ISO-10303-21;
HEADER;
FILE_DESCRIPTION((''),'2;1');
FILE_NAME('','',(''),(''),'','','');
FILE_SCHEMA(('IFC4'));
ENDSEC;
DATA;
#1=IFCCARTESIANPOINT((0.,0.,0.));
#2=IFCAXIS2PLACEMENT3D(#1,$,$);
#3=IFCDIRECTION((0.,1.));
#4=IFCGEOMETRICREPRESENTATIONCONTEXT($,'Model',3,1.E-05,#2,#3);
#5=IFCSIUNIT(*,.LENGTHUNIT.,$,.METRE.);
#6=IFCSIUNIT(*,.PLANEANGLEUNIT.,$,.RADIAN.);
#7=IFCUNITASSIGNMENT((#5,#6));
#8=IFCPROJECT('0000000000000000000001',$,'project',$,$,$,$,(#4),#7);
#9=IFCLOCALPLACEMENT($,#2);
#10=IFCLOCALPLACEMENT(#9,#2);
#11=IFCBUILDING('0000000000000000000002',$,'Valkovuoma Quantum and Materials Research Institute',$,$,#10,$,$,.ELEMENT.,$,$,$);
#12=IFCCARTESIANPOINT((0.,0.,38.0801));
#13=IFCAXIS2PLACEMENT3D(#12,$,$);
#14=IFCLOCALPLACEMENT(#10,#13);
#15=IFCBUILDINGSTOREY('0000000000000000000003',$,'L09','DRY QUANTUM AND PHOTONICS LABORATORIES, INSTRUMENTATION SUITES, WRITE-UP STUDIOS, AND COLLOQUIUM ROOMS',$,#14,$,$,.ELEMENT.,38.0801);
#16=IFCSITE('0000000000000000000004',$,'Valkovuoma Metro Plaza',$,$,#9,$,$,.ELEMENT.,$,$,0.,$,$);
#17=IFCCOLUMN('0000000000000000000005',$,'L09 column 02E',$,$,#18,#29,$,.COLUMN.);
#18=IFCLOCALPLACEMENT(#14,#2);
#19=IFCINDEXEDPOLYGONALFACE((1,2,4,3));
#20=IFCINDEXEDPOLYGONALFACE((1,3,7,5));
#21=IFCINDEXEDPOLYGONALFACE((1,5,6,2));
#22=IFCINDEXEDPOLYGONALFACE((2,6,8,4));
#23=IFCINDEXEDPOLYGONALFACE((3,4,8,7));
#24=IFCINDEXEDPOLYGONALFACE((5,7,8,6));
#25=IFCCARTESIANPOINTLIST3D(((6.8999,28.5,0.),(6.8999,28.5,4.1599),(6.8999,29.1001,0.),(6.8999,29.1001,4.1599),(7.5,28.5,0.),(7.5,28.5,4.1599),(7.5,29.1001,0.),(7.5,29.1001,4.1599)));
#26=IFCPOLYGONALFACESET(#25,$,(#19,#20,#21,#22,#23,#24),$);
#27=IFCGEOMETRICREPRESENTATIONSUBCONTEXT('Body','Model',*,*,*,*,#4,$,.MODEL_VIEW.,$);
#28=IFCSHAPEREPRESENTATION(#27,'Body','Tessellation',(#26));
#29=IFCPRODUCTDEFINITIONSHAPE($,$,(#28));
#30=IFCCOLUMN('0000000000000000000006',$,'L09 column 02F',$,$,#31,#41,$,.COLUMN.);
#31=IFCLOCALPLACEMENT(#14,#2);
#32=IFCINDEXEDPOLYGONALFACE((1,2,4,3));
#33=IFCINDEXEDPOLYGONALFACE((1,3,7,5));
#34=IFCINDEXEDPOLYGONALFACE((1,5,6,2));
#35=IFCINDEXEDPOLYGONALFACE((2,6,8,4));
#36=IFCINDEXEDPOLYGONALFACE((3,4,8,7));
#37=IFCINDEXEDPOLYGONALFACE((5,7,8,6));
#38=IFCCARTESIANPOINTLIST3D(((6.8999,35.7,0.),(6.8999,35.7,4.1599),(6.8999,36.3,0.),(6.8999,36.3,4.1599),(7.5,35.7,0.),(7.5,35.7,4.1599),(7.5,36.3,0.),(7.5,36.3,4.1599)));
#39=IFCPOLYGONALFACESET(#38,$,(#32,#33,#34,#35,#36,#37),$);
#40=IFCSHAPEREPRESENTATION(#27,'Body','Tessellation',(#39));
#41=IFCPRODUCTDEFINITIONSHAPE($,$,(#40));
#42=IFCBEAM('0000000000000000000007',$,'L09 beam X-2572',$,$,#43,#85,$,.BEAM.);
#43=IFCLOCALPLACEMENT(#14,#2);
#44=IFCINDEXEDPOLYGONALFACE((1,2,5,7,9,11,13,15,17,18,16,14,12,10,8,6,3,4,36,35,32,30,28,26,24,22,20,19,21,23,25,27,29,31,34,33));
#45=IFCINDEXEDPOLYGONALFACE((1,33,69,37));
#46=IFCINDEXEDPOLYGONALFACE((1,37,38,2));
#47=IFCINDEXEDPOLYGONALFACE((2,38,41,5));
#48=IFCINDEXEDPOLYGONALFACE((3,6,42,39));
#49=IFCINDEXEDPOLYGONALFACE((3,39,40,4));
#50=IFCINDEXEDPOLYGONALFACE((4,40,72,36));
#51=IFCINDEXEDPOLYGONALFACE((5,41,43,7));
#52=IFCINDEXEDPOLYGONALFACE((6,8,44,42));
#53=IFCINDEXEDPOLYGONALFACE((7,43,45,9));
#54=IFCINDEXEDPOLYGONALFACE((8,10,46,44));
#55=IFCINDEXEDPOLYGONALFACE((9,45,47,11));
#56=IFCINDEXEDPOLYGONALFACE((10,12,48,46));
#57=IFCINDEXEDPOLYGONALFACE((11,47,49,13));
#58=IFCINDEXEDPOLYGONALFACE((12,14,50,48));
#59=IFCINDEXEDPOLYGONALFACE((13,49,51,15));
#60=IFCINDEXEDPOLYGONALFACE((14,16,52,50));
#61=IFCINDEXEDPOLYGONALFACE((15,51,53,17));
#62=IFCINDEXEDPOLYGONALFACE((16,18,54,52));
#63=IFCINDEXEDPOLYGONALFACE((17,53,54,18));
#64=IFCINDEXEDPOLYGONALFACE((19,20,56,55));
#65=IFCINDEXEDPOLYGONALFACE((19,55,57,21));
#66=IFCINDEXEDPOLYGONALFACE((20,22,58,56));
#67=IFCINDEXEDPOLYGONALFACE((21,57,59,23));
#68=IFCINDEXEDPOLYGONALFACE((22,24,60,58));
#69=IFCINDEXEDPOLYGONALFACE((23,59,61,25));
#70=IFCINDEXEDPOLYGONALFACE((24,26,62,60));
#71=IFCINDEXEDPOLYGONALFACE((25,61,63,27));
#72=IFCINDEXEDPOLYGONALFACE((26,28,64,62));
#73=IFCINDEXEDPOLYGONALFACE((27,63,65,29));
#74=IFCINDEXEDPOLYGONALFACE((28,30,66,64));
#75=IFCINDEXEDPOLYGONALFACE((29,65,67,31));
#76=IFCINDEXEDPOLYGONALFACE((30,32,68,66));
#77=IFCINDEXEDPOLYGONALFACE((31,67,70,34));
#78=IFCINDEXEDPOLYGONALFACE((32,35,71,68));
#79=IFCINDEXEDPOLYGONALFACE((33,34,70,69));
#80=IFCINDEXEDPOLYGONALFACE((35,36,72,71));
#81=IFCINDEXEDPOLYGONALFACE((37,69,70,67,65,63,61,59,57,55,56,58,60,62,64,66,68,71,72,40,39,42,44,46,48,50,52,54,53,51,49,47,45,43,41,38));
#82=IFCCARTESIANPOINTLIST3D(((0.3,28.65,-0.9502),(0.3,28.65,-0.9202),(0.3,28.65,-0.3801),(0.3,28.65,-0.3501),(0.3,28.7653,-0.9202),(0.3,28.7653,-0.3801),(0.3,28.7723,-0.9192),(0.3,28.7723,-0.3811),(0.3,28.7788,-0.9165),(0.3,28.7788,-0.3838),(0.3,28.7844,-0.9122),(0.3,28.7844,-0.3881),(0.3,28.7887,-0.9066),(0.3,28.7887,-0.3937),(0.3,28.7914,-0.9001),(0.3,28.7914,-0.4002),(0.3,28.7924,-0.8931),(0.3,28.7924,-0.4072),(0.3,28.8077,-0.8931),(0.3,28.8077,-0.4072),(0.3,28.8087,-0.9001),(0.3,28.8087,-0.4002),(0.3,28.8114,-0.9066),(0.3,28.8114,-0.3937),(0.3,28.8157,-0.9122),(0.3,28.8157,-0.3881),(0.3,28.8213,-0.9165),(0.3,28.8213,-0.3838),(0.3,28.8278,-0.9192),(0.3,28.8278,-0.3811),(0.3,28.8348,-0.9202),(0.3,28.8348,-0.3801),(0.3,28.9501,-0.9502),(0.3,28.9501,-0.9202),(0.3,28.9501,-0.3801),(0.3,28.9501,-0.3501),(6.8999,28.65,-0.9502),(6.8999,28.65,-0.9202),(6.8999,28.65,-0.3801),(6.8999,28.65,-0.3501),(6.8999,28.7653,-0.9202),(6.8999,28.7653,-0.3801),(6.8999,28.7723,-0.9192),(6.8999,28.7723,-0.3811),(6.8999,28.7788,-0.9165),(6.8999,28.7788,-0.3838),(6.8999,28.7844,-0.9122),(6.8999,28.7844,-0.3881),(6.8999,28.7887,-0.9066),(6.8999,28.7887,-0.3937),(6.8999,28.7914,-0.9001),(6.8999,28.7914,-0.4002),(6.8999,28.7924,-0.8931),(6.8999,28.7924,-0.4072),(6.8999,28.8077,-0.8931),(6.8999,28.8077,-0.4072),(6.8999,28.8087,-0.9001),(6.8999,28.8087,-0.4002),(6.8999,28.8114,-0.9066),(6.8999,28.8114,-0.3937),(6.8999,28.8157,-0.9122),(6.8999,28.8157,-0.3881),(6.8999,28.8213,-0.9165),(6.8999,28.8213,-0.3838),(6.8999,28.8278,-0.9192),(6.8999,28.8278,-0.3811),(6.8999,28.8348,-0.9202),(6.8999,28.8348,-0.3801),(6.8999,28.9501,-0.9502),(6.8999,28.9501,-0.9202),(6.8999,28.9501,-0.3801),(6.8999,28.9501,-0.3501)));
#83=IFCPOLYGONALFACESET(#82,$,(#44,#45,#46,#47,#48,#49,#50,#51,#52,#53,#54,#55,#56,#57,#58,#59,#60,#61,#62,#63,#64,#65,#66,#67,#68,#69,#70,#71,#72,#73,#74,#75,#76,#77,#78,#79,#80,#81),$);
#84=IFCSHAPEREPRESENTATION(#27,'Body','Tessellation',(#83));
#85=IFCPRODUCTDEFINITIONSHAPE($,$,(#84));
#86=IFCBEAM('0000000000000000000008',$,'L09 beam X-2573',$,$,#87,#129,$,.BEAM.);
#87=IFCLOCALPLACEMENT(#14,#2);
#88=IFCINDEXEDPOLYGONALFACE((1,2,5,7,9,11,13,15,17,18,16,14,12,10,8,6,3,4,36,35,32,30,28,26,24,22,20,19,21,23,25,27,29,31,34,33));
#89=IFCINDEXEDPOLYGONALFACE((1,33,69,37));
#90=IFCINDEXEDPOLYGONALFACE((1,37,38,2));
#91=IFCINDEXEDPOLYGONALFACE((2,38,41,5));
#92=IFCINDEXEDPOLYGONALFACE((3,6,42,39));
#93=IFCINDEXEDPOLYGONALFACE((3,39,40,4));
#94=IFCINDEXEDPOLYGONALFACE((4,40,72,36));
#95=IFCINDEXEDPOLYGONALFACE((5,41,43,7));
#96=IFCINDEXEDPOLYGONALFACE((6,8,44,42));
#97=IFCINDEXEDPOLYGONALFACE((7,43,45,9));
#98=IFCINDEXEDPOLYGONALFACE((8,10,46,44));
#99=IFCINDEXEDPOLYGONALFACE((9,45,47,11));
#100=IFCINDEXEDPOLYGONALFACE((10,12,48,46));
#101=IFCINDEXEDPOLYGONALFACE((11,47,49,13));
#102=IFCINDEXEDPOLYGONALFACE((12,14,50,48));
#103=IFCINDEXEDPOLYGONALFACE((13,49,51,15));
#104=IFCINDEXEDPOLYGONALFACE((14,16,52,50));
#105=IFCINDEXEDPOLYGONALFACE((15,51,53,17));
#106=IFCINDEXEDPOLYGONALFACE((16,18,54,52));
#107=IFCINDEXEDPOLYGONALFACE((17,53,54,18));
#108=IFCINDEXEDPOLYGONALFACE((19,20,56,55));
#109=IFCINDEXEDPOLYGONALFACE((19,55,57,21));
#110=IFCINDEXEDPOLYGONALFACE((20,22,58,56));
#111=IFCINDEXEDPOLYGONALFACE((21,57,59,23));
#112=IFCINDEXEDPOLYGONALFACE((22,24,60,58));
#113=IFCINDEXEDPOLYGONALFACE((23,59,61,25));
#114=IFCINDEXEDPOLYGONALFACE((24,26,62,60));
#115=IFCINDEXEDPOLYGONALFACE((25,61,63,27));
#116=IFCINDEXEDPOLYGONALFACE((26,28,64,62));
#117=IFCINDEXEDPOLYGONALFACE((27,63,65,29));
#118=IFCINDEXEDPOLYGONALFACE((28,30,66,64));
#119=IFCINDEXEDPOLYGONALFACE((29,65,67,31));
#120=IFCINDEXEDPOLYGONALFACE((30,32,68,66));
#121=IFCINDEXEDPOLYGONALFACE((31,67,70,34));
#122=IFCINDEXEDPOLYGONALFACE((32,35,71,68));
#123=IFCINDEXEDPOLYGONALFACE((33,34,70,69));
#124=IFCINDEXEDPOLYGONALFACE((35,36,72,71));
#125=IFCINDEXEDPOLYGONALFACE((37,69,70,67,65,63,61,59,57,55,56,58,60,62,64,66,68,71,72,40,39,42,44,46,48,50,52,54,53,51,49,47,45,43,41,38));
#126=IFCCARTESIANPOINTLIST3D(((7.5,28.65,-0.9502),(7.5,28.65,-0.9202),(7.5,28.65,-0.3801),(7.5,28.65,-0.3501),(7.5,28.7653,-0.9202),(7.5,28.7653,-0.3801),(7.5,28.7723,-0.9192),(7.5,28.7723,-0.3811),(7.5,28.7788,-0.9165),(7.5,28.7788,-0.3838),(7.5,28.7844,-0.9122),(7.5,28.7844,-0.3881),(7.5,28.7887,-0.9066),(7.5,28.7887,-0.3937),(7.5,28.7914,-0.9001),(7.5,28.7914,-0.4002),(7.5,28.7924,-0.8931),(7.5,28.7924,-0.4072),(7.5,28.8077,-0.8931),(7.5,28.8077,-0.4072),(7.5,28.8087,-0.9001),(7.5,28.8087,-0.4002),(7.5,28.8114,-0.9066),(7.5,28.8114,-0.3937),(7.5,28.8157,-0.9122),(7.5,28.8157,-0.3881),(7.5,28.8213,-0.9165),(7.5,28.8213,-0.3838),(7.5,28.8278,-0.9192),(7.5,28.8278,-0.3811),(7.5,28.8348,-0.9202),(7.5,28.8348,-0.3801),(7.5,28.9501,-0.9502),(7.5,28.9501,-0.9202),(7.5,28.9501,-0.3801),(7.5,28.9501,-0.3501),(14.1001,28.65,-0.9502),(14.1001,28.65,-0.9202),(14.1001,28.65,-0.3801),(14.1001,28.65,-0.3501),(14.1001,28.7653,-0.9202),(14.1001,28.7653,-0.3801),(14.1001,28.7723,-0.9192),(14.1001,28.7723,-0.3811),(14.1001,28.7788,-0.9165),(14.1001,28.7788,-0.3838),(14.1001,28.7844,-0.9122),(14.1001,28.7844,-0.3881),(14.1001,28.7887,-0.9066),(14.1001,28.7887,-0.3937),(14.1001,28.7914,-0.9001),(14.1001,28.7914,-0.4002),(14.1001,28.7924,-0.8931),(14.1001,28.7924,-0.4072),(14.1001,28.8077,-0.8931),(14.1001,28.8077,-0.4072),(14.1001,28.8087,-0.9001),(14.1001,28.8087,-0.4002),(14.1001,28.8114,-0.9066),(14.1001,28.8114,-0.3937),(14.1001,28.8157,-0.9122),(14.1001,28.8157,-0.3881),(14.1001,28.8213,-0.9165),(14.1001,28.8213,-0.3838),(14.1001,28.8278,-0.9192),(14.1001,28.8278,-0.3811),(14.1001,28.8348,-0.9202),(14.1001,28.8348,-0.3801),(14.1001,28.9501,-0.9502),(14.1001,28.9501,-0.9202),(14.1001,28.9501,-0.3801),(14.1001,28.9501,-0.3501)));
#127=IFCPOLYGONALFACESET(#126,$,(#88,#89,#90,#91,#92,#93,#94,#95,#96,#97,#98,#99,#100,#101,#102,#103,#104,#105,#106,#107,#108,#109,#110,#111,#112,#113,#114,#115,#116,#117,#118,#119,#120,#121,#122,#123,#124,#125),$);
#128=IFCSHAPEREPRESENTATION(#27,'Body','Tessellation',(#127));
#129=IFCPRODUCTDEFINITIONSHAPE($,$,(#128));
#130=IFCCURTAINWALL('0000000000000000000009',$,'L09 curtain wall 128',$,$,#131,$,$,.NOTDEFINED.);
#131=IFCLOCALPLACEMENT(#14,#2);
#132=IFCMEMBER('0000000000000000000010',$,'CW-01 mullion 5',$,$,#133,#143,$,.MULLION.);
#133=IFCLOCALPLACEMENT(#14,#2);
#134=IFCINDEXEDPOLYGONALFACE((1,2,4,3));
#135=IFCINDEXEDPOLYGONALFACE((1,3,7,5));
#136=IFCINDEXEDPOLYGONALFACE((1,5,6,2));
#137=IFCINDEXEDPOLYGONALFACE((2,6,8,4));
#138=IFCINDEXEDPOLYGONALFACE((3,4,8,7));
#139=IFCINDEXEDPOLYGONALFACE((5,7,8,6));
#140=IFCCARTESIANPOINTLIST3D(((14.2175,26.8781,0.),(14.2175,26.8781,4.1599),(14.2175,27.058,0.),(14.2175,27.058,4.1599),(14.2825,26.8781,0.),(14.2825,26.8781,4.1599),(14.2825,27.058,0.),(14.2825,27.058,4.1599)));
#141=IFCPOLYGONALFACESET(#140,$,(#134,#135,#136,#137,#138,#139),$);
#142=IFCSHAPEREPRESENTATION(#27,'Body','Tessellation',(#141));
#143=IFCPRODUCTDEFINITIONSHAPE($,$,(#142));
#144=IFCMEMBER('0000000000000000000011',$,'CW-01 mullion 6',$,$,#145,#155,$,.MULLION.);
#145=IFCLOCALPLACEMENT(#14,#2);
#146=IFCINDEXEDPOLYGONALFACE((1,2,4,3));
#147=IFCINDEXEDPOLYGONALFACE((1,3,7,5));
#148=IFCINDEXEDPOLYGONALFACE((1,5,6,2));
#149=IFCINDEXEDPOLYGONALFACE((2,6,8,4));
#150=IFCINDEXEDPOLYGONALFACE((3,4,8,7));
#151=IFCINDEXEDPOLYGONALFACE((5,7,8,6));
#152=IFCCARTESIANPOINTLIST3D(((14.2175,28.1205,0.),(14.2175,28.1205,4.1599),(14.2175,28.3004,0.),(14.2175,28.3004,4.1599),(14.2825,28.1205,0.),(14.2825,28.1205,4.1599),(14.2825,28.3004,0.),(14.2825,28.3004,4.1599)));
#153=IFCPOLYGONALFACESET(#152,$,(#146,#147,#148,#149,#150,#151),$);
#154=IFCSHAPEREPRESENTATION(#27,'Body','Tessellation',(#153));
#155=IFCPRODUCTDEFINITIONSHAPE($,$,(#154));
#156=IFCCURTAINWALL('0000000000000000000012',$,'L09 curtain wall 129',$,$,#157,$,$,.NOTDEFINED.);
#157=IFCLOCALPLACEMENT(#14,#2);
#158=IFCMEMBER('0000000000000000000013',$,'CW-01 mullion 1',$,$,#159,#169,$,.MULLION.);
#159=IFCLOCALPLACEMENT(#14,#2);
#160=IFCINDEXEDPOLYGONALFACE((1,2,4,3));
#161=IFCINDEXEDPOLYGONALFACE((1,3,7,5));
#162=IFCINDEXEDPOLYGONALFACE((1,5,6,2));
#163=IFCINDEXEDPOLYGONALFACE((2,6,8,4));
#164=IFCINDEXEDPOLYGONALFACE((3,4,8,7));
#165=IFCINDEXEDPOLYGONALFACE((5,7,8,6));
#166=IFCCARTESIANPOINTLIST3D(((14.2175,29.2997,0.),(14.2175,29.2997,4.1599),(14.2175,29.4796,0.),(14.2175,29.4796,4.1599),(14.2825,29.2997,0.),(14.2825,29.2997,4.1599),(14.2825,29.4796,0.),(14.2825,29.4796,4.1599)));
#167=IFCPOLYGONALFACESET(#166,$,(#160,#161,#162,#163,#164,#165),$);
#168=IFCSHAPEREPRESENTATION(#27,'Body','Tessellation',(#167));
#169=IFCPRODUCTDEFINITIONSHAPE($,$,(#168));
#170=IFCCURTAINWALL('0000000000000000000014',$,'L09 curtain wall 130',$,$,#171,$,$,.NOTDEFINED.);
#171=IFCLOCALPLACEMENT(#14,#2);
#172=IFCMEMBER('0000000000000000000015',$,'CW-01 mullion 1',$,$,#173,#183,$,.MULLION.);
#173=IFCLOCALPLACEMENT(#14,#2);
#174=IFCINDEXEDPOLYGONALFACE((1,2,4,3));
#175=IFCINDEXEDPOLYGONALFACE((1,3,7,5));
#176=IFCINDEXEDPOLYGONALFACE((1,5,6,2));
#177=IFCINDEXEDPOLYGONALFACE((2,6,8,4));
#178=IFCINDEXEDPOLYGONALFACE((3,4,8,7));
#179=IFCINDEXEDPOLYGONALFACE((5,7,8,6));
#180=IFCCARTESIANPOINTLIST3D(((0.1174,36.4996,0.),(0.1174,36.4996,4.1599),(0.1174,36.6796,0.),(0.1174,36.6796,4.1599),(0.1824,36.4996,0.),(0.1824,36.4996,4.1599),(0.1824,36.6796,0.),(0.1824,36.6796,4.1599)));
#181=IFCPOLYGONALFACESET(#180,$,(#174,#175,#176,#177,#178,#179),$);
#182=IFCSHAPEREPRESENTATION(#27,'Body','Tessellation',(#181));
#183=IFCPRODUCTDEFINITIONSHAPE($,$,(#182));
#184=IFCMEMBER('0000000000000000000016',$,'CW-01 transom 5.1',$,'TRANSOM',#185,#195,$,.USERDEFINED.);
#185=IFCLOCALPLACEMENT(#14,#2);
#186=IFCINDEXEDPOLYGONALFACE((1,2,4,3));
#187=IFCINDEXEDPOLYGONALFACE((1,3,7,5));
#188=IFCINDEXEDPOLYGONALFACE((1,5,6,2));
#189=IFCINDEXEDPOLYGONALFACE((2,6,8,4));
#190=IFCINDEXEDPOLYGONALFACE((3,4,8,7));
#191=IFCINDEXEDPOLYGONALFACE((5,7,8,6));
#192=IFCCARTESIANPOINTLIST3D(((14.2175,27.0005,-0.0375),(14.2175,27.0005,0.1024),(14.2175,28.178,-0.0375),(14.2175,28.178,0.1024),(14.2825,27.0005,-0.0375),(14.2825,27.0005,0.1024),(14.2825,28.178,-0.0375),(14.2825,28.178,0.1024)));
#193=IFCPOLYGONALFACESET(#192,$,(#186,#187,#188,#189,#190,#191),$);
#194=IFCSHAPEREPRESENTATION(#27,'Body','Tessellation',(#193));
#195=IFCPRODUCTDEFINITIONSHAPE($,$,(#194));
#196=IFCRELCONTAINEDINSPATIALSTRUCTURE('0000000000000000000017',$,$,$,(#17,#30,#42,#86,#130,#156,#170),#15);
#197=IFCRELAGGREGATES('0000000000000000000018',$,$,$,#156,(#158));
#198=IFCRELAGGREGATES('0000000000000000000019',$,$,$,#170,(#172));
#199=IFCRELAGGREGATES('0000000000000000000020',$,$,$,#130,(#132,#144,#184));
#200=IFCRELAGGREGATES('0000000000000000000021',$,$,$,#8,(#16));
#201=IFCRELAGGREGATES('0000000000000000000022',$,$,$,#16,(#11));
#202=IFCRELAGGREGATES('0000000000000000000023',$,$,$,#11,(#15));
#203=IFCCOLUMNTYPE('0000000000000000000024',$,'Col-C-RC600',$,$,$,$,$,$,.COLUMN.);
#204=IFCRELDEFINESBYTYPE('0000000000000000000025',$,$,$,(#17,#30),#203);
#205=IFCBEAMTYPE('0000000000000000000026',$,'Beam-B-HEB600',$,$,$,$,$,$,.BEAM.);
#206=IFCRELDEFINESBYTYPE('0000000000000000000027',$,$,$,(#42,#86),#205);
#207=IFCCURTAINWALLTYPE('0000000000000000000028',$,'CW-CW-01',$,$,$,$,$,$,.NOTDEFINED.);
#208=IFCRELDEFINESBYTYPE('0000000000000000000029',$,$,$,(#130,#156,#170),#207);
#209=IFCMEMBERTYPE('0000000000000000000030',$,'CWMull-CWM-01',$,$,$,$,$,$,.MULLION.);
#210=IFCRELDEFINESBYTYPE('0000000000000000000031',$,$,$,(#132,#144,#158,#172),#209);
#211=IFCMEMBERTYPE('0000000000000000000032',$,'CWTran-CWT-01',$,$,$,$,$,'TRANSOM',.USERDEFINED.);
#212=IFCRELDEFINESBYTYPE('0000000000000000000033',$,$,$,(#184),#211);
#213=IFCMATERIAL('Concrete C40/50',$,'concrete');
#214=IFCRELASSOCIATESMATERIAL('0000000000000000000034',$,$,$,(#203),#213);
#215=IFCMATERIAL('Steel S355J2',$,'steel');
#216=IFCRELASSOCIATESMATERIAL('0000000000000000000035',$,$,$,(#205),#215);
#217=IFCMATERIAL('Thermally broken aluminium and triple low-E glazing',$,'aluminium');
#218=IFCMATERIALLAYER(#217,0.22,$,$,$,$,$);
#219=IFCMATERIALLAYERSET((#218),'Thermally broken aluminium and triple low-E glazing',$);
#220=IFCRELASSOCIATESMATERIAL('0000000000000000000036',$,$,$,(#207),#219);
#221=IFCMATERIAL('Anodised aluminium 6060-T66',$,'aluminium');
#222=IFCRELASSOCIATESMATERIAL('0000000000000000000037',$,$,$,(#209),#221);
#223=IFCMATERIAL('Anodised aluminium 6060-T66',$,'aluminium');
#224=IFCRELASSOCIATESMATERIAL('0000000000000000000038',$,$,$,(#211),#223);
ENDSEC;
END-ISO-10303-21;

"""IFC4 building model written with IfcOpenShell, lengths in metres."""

from ifc_helpers import new_model, si_unit, direction, frame, origin, origin_2d, place, context, subcontext, project, spatial, rectangle, i_section, extrude, material, layer, layer_set, material_profile, profile_set, type_object, element, aggregate, save


model = new_model("IFC4")

# Units and contexts
model_context = context("Model", 3, precision=1e-05, world=origin(), true_north=direction((0.0, 1.0)))
body_context = subcontext(model_context, "Body", "Model", "MODEL_VIEW")
ifc_project = project(units=[si_unit("LENGTHUNIT", "METRE"), si_unit("PLANEANGLEUNIT", "RADIAN")], contexts=[model_context])

# Site, building, storey
site_placement = place(None, origin())
site = spatial("IfcSite", under=ifc_project, at=site_placement, Name="Valkovuoma Metro Plaza", CompositionType="ELEMENT", RefElevation=0.0)
building_placement = place(site_placement, origin())
building = spatial("IfcBuilding", under=site, at=building_placement, Name="Valkovuoma Quantum and Materials Research Institute", CompositionType="ELEMENT")
storey_placement = place(building_placement, frame((0.0, 0.0, 38.0801)))
storey = spatial("IfcBuildingStorey", under=building, at=storey_placement, Name="L09", Description="DRY QUANTUM AND PHOTONICS LABORATORIES, INSTRUMENTATION SUITES, WRITE-UP STUDIOS, AND COLLOQUIUM ROOMS", CompositionType="ELEMENT", Elevation=38.0801)

# Columns
ifc_material_1 = material(Name="Concrete C40/50", Category="concrete")
ifc_material_profile_1 = material_profile(ifc_material_1, rectangle(XDim=0.6001, YDim=0.6001, at=origin_2d()), Name="Concrete C40/50")
ifc_profile_set_1 = profile_set([ifc_material_profile_1], Name="Concrete C40/50")
column_type = type_object("IfcColumnType", Name="Col-C-RC600", PredefinedType="COLUMN", material=ifc_profile_set_1)
for number, where, z_axis, x_axis, name in (
    (1, (7.2, 28.8, 0.0), (0.0, 0.0, 1.0), (1.0, 0.0, 0.0), "L09 column 02E"),
    (2, (7.2, 36.0, 0.0), (0.0, 0.0, 1.0), (1.0, 0.0, 0.0), "L09 column 02F"),
):
    element("IfcColumn", number, at=place(storey_placement, frame(where, z_axis=z_axis, x_axis=x_axis)), inside=storey, type_object=column_type, Name=name, PredefinedType="COLUMN", context=body_context, shape_type="SweptSolid", body=[
        extrude(rectangle(XDim=0.6001, YDim=0.6001, at=origin_2d()), origin(), (0.0, 0.0, 1.0), 4.1599),
    ])

# Beams
ifc_material_2 = material(Name="Steel S355J2", Category="steel")
ifc_material_profile_2 = material_profile(ifc_material_2, i_section(OverallWidth=0.3, OverallDepth=0.6001, WebThickness=0.0154, FlangeThickness=0.03, FilletRadius=0.0271, at=origin_2d()), Name="Steel S355J2")
ifc_profile_set_2 = profile_set([ifc_material_profile_2], Name="Steel S355J2")
beam_type = type_object("IfcBeamType", Name="Beam-B-HEB600", PredefinedType="BEAM", material=ifc_profile_set_2)
beam_1_placement = place(storey_placement, frame((0.3, 28.8, -0.6501), z_axis=(1.0, 0.0, 0.0), x_axis=(0.0, 1.0, 0.0)))
element("IfcBeam", 3, at=beam_1_placement, inside=storey, type_object=beam_type, Name="L09 beam X-2572", PredefinedType="BEAM", context=body_context, shape_type="SweptSolid", body=[
    extrude(i_section(OverallWidth=0.3, OverallDepth=0.6001, WebThickness=0.0154, FlangeThickness=0.03, FilletRadius=0.0271, at=origin_2d()), origin(), (0.0, 0.0, 1.0), 6.5999),
])
beam_2_placement = place(storey_placement, frame((7.5, 28.8, -0.6501), z_axis=(1.0, 0.0, 0.0), x_axis=(0.0, 1.0, 0.0)))
element("IfcBeam", 4, at=beam_2_placement, inside=storey, type_object=beam_type, Name="L09 beam X-2573", PredefinedType="BEAM", context=body_context, shape_type="SweptSolid", body=[
    extrude(i_section(OverallWidth=0.3, OverallDepth=0.6001, WebThickness=0.0154, FlangeThickness=0.03, FilletRadius=0.0271, at=origin_2d()), origin(), (0.0, 0.0, 1.0), 6.6001),
])

# Curtain wall, members
ifc_material_3 = material(Name="Thermally broken aluminium and triple low-E glazing", Category="aluminium")
ifc_layer_1 = layer(ifc_material_3, 0.22)
ifc_layer_set_1 = layer_set([ifc_layer_1], Name="Thermally broken aluminium and triple low-E glazing")
curtain_wall_type = type_object("IfcCurtainWallType", Name="CW-CW-01", PredefinedType="NOTDEFINED", material=ifc_layer_set_1)
curtain_wall_1_placement = place(storey_placement, origin())
curtain_wall_1 = element("IfcCurtainWall", 5, at=curtain_wall_1_placement, inside=storey, type_object=curtain_wall_type, Name="L09 curtain wall 128", PredefinedType="NOTDEFINED")
ifc_material_4 = material(Name="Anodised aluminium 6060-T66", Category="aluminium")
ifc_material_profile_3 = material_profile(ifc_material_4, rectangle(XDim=0.0649, YDim=0.1799, at=origin_2d()), Name="Anodised aluminium 6060-T66")
ifc_profile_set_3 = profile_set([ifc_material_profile_3], Name="Anodised aluminium 6060-T66")
member_type_1 = type_object("IfcMemberType", Name="CWMull-CWM-01", PredefinedType="MULLION", material=ifc_profile_set_3)
member_1_placement = place(storey_placement, frame((14.25, 26.968, 0.0), z_axis=(0.0, 0.0, 1.0), x_axis=(-1.0, 0.0, 0.0)))
member_1 = element("IfcMember", 6, at=member_1_placement, type_object=member_type_1, Name="CW-01 mullion 5", PredefinedType="MULLION", context=body_context, shape_type="SweptSolid", body=[
    extrude(rectangle(XDim=0.0649, YDim=0.1799, at=origin_2d()), origin(), (0.0, 0.0, 1.0), 4.1599),
])
member_2_placement = place(storey_placement, frame((14.25, 28.2104, 0.0), z_axis=(0.0, 0.0, 1.0), x_axis=(-1.0, 0.0, 0.0)))
member_2 = element("IfcMember", 7, at=member_2_placement, type_object=member_type_1, Name="CW-01 mullion 6", PredefinedType="MULLION", context=body_context, shape_type="SweptSolid", body=[
    extrude(rectangle(XDim=0.0649, YDim=0.1799, at=origin_2d()), origin(), (0.0, 0.0, 1.0), 4.1599),
])

# Curtain walls, members
curtain_wall_2_placement = place(storey_placement, origin())
curtain_wall_2 = element("IfcCurtainWall", 8, at=curtain_wall_2_placement, inside=storey, type_object=curtain_wall_type, Name="L09 curtain wall 129", PredefinedType="NOTDEFINED")
member_3_placement = place(storey_placement, frame((14.25, 29.3896, 0.0), z_axis=(0.0, 0.0, 1.0), x_axis=(-1.0, 0.0, 0.0)))
member_3 = element("IfcMember", 9, at=member_3_placement, type_object=member_type_1, Name="CW-01 mullion 1", PredefinedType="MULLION", context=body_context, shape_type="SweptSolid", body=[
    extrude(rectangle(XDim=0.0649, YDim=0.1799, at=origin_2d()), origin(), (0.0, 0.0, 1.0), 4.1599),
])
aggregate(curtain_wall_2, [member_3])
curtain_wall_3_placement = place(storey_placement, origin())
curtain_wall_3 = element("IfcCurtainWall", 10, at=curtain_wall_3_placement, inside=storey, type_object=curtain_wall_type, Name="L09 curtain wall 130", PredefinedType="NOTDEFINED")
member_4_placement = place(storey_placement, frame((0.1499, 36.5896, 0.0), z_axis=(0.0, 0.0, 1.0), x_axis=(-1.0, 0.0, 0.0)))
member_4 = element("IfcMember", 11, at=member_4_placement, type_object=member_type_1, Name="CW-01 mullion 1", PredefinedType="MULLION", context=body_context, shape_type="SweptSolid", body=[
    extrude(rectangle(XDim=0.0649, YDim=0.1799, at=origin_2d()), origin(), (0.0, 0.0, 1.0), 4.1599),
])

# Member
ifc_material_5 = material(Name="Anodised aluminium 6060-T66", Category="aluminium")
ifc_material_profile_4 = material_profile(ifc_material_5, rectangle(XDim=0.0649, YDim=0.1399, at=origin_2d()), Name="Anodised aluminium 6060-T66")
ifc_profile_set_4 = profile_set([ifc_material_profile_4], Name="Anodised aluminium 6060-T66")
member_type_2 = type_object("IfcMemberType", Name="CWTran-CWT-01", ElementType="TRANSOM", PredefinedType="USERDEFINED", material=ifc_profile_set_4)
member_5_placement = place(storey_placement, frame((14.25, 27.0005, 0.0325), z_axis=(0.0, 1.0, 0.0), x_axis=(-1.0, 0.0, 0.0)))
member_5 = element("IfcMember", 12, at=member_5_placement, type_object=member_type_2, Name="CW-01 transom 5.1", ObjectType="TRANSOM", PredefinedType="USERDEFINED", context=body_context, shape_type="SweptSolid", body=[
    extrude(rectangle(XDim=0.0649, YDim=0.1399, at=origin_2d()), origin(), (0.0, 0.0, 1.0), 1.1775),
])
aggregate(curtain_wall_3, [member_4])

aggregate(curtain_wall_1, [member_1, member_2, member_5])

save(model, "model.ifc")
